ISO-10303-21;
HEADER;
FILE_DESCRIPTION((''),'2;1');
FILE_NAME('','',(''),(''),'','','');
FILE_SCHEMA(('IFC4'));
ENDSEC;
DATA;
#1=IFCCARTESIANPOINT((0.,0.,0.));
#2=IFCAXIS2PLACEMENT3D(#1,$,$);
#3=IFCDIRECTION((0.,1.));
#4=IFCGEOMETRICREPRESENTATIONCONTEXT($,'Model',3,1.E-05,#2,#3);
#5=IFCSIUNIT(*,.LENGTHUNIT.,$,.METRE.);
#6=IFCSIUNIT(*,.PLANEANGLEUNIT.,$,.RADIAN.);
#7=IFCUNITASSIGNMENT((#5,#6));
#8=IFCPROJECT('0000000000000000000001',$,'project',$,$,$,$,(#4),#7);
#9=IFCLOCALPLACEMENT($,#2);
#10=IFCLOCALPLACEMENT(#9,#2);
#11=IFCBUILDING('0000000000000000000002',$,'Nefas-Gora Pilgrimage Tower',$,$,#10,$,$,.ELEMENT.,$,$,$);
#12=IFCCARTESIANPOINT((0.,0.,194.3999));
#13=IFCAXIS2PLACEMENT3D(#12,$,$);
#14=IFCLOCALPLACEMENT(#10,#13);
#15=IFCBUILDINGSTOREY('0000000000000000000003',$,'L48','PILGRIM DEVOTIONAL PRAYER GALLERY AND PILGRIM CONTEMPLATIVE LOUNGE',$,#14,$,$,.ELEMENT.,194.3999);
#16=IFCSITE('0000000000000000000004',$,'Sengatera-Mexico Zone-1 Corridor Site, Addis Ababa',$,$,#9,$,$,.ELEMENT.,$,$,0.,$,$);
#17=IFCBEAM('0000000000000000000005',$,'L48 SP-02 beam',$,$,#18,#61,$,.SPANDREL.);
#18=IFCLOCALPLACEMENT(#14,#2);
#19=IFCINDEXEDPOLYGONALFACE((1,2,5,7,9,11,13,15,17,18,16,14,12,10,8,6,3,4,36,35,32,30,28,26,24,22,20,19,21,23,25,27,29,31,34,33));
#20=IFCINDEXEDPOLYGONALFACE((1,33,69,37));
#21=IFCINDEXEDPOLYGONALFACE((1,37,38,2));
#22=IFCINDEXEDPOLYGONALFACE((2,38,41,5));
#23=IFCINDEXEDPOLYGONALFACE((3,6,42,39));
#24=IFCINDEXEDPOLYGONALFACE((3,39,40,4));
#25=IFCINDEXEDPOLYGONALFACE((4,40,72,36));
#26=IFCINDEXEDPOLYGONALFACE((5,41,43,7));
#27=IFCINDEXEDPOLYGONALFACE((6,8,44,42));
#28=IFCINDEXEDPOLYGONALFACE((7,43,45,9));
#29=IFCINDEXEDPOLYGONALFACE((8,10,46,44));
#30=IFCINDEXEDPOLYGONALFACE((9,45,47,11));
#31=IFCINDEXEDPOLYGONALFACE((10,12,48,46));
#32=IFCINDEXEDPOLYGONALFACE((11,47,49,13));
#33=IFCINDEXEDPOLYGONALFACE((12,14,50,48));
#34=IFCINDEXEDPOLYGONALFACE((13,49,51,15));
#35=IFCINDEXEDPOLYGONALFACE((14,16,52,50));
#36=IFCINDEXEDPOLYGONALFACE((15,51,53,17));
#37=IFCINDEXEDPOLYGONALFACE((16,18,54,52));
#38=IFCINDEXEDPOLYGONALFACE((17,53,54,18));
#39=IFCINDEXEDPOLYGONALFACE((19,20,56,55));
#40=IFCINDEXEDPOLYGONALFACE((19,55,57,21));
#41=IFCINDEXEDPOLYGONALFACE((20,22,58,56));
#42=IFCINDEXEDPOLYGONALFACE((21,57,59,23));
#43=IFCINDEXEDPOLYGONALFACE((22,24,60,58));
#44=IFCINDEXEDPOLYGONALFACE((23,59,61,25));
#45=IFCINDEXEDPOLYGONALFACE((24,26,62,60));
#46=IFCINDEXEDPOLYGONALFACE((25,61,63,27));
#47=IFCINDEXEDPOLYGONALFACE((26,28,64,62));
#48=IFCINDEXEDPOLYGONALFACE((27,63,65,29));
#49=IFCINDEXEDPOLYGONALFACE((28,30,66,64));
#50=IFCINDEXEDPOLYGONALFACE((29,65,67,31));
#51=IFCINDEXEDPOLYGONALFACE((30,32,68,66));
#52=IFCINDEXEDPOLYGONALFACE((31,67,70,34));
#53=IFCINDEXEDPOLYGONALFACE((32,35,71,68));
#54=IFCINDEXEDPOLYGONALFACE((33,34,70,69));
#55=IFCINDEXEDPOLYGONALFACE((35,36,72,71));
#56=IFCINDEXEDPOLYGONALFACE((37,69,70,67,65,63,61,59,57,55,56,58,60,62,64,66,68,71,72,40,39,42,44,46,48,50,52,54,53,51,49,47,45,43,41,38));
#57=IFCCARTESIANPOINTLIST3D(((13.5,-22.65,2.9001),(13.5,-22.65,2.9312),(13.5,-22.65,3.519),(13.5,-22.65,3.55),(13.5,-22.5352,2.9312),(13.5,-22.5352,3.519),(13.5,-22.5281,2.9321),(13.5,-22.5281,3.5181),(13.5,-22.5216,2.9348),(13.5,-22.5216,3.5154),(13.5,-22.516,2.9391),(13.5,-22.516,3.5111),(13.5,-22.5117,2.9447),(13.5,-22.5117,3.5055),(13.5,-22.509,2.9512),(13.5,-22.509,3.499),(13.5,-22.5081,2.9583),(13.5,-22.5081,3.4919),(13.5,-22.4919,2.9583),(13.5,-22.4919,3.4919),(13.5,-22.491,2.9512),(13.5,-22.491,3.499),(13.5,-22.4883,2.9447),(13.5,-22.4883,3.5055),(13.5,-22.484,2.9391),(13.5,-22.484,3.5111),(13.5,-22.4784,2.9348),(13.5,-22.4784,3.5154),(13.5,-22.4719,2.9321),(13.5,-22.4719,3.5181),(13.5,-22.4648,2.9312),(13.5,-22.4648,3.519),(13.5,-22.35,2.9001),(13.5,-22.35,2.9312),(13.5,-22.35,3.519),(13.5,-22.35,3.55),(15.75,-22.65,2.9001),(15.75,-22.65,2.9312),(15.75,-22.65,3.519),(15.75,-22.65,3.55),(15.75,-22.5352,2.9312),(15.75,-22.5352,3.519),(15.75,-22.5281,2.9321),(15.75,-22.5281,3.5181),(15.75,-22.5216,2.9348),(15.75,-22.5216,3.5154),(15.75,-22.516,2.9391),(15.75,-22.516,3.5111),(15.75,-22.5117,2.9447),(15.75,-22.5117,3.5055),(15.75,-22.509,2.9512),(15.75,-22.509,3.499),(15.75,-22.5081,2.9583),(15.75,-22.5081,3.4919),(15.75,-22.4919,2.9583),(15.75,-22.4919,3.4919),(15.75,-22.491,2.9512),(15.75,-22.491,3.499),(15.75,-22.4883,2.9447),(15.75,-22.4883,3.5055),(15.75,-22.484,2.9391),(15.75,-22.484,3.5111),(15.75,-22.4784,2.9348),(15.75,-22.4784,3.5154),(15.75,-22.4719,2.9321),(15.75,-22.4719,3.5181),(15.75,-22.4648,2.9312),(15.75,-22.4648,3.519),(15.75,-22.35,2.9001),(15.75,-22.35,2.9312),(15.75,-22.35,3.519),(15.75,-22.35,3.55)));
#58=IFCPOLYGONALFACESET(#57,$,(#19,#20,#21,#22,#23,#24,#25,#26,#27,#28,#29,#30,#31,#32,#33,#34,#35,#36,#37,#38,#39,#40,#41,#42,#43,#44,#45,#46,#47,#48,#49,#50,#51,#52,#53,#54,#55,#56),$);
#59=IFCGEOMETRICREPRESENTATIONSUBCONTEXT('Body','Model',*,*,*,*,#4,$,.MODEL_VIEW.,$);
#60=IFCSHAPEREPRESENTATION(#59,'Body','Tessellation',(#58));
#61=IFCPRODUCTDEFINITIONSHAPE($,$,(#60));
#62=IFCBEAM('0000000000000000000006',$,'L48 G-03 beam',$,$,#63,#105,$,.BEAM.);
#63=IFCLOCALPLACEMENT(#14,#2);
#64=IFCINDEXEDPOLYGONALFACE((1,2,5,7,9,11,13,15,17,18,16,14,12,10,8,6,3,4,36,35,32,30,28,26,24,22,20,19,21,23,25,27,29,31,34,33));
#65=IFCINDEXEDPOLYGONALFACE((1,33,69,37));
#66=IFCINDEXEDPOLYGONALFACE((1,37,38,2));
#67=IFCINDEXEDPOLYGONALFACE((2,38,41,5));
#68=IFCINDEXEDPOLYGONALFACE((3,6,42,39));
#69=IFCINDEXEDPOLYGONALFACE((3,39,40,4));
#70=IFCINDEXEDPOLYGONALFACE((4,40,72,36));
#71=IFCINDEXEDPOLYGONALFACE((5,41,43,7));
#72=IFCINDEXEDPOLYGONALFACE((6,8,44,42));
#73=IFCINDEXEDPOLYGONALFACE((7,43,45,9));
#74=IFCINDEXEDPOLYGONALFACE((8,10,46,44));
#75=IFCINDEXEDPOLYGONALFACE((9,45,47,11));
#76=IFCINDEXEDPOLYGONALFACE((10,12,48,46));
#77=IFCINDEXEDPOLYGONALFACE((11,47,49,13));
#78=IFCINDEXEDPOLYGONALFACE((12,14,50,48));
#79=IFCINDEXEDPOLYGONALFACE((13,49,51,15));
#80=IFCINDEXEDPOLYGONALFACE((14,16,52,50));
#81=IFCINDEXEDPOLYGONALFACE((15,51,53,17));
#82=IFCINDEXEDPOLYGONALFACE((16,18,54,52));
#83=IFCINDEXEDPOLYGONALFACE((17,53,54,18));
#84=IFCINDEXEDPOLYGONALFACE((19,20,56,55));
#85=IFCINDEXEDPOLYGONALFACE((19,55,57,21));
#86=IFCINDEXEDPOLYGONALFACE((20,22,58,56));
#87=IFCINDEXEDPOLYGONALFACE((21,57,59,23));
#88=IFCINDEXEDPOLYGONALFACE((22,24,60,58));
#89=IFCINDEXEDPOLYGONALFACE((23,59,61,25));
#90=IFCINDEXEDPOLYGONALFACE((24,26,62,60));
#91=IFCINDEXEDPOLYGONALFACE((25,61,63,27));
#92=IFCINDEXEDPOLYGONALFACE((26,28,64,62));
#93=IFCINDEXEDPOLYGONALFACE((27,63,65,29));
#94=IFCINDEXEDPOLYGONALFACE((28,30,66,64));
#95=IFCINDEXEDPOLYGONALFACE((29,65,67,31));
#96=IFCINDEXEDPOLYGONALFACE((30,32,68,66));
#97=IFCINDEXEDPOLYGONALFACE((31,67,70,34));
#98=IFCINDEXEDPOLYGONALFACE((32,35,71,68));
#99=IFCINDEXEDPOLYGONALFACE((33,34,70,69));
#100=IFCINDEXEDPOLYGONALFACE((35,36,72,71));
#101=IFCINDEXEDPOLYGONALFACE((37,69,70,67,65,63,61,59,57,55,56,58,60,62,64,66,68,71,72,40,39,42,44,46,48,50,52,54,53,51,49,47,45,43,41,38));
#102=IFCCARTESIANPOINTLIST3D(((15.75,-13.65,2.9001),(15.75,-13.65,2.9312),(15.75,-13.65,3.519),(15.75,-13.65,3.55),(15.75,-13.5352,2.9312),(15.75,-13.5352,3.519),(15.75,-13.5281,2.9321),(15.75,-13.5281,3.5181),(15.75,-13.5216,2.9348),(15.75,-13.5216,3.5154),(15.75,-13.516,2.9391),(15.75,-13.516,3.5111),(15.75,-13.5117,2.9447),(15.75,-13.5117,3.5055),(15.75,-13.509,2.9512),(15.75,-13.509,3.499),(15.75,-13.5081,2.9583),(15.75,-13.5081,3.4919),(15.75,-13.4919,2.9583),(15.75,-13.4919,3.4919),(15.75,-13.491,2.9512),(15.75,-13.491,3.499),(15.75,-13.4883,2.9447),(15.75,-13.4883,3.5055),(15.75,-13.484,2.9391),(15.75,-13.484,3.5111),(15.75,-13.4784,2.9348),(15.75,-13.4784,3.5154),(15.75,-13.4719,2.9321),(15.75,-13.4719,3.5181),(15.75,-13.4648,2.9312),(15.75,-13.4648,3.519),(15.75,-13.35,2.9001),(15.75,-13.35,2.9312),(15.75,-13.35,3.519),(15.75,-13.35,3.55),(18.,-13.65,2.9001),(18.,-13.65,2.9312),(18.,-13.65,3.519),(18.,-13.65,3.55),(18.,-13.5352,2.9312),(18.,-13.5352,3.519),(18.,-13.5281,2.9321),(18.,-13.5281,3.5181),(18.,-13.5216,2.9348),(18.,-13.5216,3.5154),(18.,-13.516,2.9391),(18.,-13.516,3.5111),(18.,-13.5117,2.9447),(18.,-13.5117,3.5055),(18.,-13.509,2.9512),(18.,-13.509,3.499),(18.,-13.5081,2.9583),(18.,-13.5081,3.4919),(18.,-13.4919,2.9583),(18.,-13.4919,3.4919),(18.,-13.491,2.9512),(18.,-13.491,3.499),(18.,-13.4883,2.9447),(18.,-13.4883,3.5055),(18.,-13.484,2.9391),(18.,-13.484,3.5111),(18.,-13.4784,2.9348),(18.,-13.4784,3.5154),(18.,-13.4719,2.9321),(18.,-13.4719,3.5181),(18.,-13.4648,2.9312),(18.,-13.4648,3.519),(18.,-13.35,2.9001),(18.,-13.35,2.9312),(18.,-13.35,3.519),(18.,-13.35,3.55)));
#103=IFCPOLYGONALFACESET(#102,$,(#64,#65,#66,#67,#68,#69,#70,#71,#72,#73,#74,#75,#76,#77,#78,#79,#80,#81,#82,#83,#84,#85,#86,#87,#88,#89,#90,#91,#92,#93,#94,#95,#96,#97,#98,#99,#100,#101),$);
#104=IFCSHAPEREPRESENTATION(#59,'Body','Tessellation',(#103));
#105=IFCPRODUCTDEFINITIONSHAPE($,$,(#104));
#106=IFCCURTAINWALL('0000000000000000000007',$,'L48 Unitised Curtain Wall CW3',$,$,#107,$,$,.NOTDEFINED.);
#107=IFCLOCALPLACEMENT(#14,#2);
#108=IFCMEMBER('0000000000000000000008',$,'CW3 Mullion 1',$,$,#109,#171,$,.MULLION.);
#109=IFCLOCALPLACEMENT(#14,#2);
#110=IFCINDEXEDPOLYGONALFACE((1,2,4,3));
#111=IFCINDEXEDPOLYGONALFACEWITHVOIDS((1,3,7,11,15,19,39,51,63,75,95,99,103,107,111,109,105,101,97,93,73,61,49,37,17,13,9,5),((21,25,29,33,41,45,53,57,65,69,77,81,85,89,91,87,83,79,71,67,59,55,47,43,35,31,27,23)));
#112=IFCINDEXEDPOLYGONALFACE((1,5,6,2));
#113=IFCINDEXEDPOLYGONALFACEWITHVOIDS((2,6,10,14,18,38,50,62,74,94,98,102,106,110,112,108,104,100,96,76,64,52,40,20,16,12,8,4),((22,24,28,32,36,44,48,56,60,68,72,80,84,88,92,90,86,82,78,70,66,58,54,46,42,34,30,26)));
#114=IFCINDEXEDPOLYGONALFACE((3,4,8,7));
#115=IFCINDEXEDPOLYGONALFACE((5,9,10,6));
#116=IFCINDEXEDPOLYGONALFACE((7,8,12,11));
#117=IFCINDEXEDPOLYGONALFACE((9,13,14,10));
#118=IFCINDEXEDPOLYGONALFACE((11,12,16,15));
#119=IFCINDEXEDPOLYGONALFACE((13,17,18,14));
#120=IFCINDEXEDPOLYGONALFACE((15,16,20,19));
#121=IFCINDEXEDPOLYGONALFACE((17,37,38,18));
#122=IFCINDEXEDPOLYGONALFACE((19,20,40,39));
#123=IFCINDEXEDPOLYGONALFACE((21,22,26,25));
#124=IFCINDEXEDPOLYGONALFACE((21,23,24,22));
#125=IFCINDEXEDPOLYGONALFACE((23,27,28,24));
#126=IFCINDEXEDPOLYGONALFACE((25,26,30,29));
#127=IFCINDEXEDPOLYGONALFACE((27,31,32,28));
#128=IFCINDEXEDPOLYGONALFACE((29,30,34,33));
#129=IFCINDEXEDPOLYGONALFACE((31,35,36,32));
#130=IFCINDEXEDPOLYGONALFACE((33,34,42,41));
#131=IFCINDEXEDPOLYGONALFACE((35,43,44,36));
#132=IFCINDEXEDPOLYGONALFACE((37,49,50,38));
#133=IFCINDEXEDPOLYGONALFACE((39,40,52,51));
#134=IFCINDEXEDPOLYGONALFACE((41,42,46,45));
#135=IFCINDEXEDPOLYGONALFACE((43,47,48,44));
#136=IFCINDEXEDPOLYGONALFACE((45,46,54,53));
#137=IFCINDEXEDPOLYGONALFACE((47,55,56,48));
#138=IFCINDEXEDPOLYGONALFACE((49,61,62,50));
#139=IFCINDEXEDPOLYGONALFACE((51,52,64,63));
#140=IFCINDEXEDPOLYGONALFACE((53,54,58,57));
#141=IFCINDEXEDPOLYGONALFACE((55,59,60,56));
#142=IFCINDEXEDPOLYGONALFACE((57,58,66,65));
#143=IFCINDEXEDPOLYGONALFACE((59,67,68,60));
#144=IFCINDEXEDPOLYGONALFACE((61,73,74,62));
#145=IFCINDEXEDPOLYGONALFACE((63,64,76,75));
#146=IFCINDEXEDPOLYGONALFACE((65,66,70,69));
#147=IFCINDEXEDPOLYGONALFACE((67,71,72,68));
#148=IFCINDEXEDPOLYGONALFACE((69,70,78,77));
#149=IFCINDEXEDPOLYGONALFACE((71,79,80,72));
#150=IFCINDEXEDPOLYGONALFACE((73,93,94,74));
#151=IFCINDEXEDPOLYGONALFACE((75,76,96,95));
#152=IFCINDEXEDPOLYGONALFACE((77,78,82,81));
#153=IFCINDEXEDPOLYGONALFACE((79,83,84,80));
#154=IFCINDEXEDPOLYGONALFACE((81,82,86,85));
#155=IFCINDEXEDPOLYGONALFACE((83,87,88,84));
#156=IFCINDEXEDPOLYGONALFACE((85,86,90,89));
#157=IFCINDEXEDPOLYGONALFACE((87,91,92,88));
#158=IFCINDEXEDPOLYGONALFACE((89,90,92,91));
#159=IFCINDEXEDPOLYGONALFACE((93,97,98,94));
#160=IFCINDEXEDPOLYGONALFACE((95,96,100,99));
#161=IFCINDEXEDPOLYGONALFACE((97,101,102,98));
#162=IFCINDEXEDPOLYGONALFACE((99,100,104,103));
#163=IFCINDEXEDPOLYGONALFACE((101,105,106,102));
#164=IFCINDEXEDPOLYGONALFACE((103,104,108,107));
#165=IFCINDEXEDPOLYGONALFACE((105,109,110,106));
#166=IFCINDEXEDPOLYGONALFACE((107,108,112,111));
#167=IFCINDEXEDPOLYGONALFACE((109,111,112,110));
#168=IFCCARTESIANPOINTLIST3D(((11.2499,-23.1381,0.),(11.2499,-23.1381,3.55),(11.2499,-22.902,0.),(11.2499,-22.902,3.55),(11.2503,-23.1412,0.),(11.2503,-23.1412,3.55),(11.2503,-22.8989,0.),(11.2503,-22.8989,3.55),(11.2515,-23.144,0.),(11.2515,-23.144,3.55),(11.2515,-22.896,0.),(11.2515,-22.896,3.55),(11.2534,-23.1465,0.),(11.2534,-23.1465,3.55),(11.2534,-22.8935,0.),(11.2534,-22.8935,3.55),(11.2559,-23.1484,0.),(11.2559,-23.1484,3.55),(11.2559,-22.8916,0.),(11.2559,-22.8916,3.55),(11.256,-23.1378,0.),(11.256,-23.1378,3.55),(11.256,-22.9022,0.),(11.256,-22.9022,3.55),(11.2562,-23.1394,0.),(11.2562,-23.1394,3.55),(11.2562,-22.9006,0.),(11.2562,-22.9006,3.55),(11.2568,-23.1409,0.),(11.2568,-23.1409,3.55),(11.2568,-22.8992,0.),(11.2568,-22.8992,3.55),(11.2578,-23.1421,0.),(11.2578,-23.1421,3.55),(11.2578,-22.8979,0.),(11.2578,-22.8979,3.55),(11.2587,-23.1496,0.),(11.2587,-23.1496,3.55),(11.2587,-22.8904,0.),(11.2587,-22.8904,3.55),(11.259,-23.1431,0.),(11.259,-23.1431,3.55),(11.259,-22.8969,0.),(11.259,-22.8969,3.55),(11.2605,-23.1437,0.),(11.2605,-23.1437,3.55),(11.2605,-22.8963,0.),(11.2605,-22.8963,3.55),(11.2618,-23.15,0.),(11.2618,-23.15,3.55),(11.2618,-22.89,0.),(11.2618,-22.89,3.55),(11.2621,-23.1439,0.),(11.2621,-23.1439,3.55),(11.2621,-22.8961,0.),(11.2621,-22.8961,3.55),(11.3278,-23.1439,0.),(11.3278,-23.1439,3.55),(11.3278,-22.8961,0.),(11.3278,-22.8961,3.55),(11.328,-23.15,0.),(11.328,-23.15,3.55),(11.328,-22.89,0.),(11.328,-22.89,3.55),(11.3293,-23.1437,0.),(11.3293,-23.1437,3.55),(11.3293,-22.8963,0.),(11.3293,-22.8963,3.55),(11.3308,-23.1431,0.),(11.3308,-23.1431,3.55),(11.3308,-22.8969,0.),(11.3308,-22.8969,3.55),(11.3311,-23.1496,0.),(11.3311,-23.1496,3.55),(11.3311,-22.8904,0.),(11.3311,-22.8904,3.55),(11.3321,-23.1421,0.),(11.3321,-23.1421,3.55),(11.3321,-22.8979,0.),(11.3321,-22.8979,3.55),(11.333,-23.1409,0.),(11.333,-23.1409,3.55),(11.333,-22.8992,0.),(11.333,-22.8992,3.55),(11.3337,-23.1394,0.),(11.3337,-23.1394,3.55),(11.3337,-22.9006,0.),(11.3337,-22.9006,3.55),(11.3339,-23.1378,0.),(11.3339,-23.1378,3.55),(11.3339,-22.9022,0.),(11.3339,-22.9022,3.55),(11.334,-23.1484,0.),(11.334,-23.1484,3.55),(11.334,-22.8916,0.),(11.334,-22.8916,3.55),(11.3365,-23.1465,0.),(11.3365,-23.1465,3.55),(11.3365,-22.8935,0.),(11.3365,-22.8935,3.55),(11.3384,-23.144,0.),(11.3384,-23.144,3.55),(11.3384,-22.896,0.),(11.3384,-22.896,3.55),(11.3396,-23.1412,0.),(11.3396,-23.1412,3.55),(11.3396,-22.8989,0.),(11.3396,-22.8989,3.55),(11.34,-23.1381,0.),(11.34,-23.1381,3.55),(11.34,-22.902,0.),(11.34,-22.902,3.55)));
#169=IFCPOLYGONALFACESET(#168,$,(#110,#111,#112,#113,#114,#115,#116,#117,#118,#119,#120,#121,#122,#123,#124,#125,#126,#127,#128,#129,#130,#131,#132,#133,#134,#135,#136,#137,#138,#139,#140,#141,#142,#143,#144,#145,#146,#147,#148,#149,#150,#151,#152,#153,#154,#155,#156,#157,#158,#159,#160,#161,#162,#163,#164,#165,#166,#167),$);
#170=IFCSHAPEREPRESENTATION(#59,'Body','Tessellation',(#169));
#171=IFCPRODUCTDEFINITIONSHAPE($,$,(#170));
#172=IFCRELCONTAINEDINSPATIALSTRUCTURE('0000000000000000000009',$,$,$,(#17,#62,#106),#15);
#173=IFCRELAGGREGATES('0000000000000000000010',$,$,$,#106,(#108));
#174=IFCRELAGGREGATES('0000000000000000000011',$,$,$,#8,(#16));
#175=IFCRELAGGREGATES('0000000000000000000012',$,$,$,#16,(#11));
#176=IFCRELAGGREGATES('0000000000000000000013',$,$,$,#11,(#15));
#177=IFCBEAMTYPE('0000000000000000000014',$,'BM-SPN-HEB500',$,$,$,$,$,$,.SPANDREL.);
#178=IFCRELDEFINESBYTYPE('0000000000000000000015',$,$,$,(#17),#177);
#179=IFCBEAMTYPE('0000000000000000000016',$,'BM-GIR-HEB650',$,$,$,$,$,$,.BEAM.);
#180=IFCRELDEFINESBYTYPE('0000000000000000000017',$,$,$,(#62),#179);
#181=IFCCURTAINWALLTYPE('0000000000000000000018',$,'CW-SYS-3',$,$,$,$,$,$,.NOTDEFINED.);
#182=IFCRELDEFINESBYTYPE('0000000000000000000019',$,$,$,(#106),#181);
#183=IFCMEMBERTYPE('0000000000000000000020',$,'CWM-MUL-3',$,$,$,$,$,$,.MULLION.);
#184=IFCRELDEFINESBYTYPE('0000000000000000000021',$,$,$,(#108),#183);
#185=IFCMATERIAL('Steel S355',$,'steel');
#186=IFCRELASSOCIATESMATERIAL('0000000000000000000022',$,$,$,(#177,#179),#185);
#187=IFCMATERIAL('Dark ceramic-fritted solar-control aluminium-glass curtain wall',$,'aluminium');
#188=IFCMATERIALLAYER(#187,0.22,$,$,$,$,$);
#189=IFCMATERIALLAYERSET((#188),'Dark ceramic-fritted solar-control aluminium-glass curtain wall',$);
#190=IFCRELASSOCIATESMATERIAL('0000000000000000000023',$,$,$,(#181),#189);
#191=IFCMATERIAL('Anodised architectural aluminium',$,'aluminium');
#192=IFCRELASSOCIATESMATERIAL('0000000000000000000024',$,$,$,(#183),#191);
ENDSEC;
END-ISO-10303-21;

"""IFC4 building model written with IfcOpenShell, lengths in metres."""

from ifc_helpers import new_model, si_unit, direction, frame, origin, origin_2d, place, context, subcontext, project, spatial, hollow_rectangle, i_section, extrude, source, transform, mapped, material, layer, layer_set, material_profile, profile_set, type_object, element, aggregate, save


model = new_model("IFC4")

# Units and contexts
model_context = context("Model", 3, precision=1e-05, world=origin(), true_north=direction((0.0, 1.0)))
body_context = subcontext(model_context, "Body", "Model", "MODEL_VIEW")
ifc_project = project(units=[si_unit("LENGTHUNIT", "METRE"), si_unit("PLANEANGLEUNIT", "RADIAN")], contexts=[model_context])

# Site, building, storey
site_placement = place(None, origin())
site = spatial("IfcSite", under=ifc_project, at=site_placement, Name="Sengatera-Mexico Zone-1 Corridor Site, Addis Ababa", CompositionType="ELEMENT", RefElevation=0.0)
building_placement = place(site_placement, origin())
building = spatial("IfcBuilding", under=site, at=building_placement, Name="Nefas-Gora Pilgrimage Tower", CompositionType="ELEMENT")
storey_placement = place(building_placement, frame((0.0, 0.0, 194.3999)))
storey = spatial("IfcBuildingStorey", under=building, at=storey_placement, Name="L48", Description="PILGRIM DEVOTIONAL PRAYER GALLERY AND PILGRIM CONTEMPLATIVE LOUNGE", CompositionType="ELEMENT", Elevation=194.3999)

# Beams
ifc_material_1 = material(Name="Steel S355", Category="steel")
ifc_material_profile_1 = material_profile(ifc_material_1, i_section(OverallWidth=0.3, OverallDepth=0.6499, WebThickness=0.0161, FlangeThickness=0.031, FilletRadius=0.0271, at=origin_2d()), Name="HEB 650")
ifc_profile_set_1 = profile_set([ifc_material_profile_1], Name="Steel S355")
beam_type_1 = type_object("IfcBeamType", Name="BM-SPN-HEB500", PredefinedType="SPANDREL", material=ifc_profile_set_1)
ifc_material_profile_2 = material_profile(ifc_material_1, i_section(OverallWidth=0.3, OverallDepth=0.6499, WebThickness=0.0161, FlangeThickness=0.031, FilletRadius=0.0271, at=origin_2d()), Name="HEB 650")
ifc_profile_set_2 = profile_set([ifc_material_profile_2], Name="Steel S355")
beam_type_2 = type_object("IfcBeamType", Name="BM-GIR-HEB650", PredefinedType="BEAM", material=ifc_profile_set_2)
shared_shape_1 = source(origin(), body_context, "Body", "SweptSolid", [
    extrude(i_section(OverallWidth=0.3, OverallDepth=0.6499, WebThickness=0.0161, FlangeThickness=0.031, FilletRadius=0.0271, at=origin_2d()), origin(), (0.0, 0.0, 1.0), 2.25),
])
beam_1_placement = place(storey_placement, frame((13.5, -22.5, 3.2251), z_axis=(1.0, 0.0, 0.0), x_axis=(0.0, 1.0, 0.0)))
element("IfcBeam", 1, at=beam_1_placement, inside=storey, type_object=beam_type_1, Name="L48 SP-02 beam", PredefinedType="SPANDREL", context=body_context, shape_type="MappedRepresentation", body=[
    mapped(shared_shape_1, transform((0.0, 0.0, 0.0), x_axis=(1.0, 0.0, 0.0), y_axis=(0.0, 1.0, 0.0), z_axis=(0.0, 0.0, 1.0), scale=1.0)),
])
shared_shape_2 = source(origin(), body_context, "Body", "SweptSolid", [
    extrude(i_section(OverallWidth=0.3, OverallDepth=0.6499, WebThickness=0.0161, FlangeThickness=0.031, FilletRadius=0.0271, at=origin_2d()), origin(), (0.0, 0.0, 1.0), 2.25),
])
beam_2_placement = place(storey_placement, frame((15.75, -13.5, 3.2251), z_axis=(1.0, 0.0, 0.0), x_axis=(0.0, 1.0, 0.0)))
element("IfcBeam", 2, at=beam_2_placement, inside=storey, type_object=beam_type_2, Name="L48 G-03 beam", PredefinedType="BEAM", context=body_context, shape_type="MappedRepresentation", body=[
    mapped(shared_shape_2, transform((0.0, 0.0, 0.0), x_axis=(1.0, 0.0, 0.0), y_axis=(0.0, 1.0, 0.0), z_axis=(0.0, 0.0, 1.0), scale=1.0)),
])

# Curtain wall, member
ifc_material_2 = material(Name="Dark ceramic-fritted solar-control aluminium-glass curtain wall", Category="aluminium")
ifc_layer_1 = layer(ifc_material_2, 0.22)
ifc_layer_set_1 = layer_set([ifc_layer_1], Name="Dark ceramic-fritted solar-control aluminium-glass curtain wall")
curtain_wall_type = type_object("IfcCurtainWallType", Name="CW-SYS-3", PredefinedType="NOTDEFINED", material=ifc_layer_set_1)
curtain_wall_1_placement = place(storey_placement, origin())
curtain_wall_1 = element("IfcCurtainWall", 3, at=curtain_wall_1_placement, inside=storey, type_object=curtain_wall_type, Name="L48 Unitised Curtain Wall CW3", PredefinedType="NOTDEFINED")
ifc_material_3 = material(Name="Anodised architectural aluminium", Category="aluminium")
ifc_material_profile_3 = material_profile(ifc_material_3, hollow_rectangle(XDim=0.0901, YDim=0.26, WallThickness=0.0061, InnerFilletRadius=0.0061, OuterFilletRadius=0.012, at=origin_2d()), Name="ALU MULLION 90x260")
ifc_profile_set_3 = profile_set([ifc_material_profile_3], Name="Anodised architectural aluminium")
member_type_1 = type_object("IfcMemberType", Name="CWM-MUL-3", PredefinedType="MULLION", material=ifc_profile_set_3)
shared_shape_3 = source(origin(), body_context, "Body", "SweptSolid", [
    extrude(hollow_rectangle(XDim=0.0901, YDim=0.26, WallThickness=0.0061, InnerFilletRadius=0.0061, OuterFilletRadius=0.012, at=origin_2d()), origin(), (0.0, 0.0, 1.0), 3.55),
])
member_1_placement = place(storey_placement, frame((11.2949, -23.02, 0.0), z_axis=(0.0, 0.0, 1.0), x_axis=(1.0, 0.0, 0.0)))
member_1 = element("IfcMember", 4, at=member_1_placement, type_object=member_type_1, Name="CW3 Mullion 1", PredefinedType="MULLION", context=body_context, shape_type="MappedRepresentation", body=[
    mapped(shared_shape_3, transform((0.0, 0.0, 0.0), x_axis=(1.0, 0.0, 0.0), y_axis=(0.0, 1.0, 0.0), z_axis=(0.0, 0.0, 1.0), scale=1.0)),
])

aggregate(curtain_wall_1, [member_1])

save(model, "model.ifc")
